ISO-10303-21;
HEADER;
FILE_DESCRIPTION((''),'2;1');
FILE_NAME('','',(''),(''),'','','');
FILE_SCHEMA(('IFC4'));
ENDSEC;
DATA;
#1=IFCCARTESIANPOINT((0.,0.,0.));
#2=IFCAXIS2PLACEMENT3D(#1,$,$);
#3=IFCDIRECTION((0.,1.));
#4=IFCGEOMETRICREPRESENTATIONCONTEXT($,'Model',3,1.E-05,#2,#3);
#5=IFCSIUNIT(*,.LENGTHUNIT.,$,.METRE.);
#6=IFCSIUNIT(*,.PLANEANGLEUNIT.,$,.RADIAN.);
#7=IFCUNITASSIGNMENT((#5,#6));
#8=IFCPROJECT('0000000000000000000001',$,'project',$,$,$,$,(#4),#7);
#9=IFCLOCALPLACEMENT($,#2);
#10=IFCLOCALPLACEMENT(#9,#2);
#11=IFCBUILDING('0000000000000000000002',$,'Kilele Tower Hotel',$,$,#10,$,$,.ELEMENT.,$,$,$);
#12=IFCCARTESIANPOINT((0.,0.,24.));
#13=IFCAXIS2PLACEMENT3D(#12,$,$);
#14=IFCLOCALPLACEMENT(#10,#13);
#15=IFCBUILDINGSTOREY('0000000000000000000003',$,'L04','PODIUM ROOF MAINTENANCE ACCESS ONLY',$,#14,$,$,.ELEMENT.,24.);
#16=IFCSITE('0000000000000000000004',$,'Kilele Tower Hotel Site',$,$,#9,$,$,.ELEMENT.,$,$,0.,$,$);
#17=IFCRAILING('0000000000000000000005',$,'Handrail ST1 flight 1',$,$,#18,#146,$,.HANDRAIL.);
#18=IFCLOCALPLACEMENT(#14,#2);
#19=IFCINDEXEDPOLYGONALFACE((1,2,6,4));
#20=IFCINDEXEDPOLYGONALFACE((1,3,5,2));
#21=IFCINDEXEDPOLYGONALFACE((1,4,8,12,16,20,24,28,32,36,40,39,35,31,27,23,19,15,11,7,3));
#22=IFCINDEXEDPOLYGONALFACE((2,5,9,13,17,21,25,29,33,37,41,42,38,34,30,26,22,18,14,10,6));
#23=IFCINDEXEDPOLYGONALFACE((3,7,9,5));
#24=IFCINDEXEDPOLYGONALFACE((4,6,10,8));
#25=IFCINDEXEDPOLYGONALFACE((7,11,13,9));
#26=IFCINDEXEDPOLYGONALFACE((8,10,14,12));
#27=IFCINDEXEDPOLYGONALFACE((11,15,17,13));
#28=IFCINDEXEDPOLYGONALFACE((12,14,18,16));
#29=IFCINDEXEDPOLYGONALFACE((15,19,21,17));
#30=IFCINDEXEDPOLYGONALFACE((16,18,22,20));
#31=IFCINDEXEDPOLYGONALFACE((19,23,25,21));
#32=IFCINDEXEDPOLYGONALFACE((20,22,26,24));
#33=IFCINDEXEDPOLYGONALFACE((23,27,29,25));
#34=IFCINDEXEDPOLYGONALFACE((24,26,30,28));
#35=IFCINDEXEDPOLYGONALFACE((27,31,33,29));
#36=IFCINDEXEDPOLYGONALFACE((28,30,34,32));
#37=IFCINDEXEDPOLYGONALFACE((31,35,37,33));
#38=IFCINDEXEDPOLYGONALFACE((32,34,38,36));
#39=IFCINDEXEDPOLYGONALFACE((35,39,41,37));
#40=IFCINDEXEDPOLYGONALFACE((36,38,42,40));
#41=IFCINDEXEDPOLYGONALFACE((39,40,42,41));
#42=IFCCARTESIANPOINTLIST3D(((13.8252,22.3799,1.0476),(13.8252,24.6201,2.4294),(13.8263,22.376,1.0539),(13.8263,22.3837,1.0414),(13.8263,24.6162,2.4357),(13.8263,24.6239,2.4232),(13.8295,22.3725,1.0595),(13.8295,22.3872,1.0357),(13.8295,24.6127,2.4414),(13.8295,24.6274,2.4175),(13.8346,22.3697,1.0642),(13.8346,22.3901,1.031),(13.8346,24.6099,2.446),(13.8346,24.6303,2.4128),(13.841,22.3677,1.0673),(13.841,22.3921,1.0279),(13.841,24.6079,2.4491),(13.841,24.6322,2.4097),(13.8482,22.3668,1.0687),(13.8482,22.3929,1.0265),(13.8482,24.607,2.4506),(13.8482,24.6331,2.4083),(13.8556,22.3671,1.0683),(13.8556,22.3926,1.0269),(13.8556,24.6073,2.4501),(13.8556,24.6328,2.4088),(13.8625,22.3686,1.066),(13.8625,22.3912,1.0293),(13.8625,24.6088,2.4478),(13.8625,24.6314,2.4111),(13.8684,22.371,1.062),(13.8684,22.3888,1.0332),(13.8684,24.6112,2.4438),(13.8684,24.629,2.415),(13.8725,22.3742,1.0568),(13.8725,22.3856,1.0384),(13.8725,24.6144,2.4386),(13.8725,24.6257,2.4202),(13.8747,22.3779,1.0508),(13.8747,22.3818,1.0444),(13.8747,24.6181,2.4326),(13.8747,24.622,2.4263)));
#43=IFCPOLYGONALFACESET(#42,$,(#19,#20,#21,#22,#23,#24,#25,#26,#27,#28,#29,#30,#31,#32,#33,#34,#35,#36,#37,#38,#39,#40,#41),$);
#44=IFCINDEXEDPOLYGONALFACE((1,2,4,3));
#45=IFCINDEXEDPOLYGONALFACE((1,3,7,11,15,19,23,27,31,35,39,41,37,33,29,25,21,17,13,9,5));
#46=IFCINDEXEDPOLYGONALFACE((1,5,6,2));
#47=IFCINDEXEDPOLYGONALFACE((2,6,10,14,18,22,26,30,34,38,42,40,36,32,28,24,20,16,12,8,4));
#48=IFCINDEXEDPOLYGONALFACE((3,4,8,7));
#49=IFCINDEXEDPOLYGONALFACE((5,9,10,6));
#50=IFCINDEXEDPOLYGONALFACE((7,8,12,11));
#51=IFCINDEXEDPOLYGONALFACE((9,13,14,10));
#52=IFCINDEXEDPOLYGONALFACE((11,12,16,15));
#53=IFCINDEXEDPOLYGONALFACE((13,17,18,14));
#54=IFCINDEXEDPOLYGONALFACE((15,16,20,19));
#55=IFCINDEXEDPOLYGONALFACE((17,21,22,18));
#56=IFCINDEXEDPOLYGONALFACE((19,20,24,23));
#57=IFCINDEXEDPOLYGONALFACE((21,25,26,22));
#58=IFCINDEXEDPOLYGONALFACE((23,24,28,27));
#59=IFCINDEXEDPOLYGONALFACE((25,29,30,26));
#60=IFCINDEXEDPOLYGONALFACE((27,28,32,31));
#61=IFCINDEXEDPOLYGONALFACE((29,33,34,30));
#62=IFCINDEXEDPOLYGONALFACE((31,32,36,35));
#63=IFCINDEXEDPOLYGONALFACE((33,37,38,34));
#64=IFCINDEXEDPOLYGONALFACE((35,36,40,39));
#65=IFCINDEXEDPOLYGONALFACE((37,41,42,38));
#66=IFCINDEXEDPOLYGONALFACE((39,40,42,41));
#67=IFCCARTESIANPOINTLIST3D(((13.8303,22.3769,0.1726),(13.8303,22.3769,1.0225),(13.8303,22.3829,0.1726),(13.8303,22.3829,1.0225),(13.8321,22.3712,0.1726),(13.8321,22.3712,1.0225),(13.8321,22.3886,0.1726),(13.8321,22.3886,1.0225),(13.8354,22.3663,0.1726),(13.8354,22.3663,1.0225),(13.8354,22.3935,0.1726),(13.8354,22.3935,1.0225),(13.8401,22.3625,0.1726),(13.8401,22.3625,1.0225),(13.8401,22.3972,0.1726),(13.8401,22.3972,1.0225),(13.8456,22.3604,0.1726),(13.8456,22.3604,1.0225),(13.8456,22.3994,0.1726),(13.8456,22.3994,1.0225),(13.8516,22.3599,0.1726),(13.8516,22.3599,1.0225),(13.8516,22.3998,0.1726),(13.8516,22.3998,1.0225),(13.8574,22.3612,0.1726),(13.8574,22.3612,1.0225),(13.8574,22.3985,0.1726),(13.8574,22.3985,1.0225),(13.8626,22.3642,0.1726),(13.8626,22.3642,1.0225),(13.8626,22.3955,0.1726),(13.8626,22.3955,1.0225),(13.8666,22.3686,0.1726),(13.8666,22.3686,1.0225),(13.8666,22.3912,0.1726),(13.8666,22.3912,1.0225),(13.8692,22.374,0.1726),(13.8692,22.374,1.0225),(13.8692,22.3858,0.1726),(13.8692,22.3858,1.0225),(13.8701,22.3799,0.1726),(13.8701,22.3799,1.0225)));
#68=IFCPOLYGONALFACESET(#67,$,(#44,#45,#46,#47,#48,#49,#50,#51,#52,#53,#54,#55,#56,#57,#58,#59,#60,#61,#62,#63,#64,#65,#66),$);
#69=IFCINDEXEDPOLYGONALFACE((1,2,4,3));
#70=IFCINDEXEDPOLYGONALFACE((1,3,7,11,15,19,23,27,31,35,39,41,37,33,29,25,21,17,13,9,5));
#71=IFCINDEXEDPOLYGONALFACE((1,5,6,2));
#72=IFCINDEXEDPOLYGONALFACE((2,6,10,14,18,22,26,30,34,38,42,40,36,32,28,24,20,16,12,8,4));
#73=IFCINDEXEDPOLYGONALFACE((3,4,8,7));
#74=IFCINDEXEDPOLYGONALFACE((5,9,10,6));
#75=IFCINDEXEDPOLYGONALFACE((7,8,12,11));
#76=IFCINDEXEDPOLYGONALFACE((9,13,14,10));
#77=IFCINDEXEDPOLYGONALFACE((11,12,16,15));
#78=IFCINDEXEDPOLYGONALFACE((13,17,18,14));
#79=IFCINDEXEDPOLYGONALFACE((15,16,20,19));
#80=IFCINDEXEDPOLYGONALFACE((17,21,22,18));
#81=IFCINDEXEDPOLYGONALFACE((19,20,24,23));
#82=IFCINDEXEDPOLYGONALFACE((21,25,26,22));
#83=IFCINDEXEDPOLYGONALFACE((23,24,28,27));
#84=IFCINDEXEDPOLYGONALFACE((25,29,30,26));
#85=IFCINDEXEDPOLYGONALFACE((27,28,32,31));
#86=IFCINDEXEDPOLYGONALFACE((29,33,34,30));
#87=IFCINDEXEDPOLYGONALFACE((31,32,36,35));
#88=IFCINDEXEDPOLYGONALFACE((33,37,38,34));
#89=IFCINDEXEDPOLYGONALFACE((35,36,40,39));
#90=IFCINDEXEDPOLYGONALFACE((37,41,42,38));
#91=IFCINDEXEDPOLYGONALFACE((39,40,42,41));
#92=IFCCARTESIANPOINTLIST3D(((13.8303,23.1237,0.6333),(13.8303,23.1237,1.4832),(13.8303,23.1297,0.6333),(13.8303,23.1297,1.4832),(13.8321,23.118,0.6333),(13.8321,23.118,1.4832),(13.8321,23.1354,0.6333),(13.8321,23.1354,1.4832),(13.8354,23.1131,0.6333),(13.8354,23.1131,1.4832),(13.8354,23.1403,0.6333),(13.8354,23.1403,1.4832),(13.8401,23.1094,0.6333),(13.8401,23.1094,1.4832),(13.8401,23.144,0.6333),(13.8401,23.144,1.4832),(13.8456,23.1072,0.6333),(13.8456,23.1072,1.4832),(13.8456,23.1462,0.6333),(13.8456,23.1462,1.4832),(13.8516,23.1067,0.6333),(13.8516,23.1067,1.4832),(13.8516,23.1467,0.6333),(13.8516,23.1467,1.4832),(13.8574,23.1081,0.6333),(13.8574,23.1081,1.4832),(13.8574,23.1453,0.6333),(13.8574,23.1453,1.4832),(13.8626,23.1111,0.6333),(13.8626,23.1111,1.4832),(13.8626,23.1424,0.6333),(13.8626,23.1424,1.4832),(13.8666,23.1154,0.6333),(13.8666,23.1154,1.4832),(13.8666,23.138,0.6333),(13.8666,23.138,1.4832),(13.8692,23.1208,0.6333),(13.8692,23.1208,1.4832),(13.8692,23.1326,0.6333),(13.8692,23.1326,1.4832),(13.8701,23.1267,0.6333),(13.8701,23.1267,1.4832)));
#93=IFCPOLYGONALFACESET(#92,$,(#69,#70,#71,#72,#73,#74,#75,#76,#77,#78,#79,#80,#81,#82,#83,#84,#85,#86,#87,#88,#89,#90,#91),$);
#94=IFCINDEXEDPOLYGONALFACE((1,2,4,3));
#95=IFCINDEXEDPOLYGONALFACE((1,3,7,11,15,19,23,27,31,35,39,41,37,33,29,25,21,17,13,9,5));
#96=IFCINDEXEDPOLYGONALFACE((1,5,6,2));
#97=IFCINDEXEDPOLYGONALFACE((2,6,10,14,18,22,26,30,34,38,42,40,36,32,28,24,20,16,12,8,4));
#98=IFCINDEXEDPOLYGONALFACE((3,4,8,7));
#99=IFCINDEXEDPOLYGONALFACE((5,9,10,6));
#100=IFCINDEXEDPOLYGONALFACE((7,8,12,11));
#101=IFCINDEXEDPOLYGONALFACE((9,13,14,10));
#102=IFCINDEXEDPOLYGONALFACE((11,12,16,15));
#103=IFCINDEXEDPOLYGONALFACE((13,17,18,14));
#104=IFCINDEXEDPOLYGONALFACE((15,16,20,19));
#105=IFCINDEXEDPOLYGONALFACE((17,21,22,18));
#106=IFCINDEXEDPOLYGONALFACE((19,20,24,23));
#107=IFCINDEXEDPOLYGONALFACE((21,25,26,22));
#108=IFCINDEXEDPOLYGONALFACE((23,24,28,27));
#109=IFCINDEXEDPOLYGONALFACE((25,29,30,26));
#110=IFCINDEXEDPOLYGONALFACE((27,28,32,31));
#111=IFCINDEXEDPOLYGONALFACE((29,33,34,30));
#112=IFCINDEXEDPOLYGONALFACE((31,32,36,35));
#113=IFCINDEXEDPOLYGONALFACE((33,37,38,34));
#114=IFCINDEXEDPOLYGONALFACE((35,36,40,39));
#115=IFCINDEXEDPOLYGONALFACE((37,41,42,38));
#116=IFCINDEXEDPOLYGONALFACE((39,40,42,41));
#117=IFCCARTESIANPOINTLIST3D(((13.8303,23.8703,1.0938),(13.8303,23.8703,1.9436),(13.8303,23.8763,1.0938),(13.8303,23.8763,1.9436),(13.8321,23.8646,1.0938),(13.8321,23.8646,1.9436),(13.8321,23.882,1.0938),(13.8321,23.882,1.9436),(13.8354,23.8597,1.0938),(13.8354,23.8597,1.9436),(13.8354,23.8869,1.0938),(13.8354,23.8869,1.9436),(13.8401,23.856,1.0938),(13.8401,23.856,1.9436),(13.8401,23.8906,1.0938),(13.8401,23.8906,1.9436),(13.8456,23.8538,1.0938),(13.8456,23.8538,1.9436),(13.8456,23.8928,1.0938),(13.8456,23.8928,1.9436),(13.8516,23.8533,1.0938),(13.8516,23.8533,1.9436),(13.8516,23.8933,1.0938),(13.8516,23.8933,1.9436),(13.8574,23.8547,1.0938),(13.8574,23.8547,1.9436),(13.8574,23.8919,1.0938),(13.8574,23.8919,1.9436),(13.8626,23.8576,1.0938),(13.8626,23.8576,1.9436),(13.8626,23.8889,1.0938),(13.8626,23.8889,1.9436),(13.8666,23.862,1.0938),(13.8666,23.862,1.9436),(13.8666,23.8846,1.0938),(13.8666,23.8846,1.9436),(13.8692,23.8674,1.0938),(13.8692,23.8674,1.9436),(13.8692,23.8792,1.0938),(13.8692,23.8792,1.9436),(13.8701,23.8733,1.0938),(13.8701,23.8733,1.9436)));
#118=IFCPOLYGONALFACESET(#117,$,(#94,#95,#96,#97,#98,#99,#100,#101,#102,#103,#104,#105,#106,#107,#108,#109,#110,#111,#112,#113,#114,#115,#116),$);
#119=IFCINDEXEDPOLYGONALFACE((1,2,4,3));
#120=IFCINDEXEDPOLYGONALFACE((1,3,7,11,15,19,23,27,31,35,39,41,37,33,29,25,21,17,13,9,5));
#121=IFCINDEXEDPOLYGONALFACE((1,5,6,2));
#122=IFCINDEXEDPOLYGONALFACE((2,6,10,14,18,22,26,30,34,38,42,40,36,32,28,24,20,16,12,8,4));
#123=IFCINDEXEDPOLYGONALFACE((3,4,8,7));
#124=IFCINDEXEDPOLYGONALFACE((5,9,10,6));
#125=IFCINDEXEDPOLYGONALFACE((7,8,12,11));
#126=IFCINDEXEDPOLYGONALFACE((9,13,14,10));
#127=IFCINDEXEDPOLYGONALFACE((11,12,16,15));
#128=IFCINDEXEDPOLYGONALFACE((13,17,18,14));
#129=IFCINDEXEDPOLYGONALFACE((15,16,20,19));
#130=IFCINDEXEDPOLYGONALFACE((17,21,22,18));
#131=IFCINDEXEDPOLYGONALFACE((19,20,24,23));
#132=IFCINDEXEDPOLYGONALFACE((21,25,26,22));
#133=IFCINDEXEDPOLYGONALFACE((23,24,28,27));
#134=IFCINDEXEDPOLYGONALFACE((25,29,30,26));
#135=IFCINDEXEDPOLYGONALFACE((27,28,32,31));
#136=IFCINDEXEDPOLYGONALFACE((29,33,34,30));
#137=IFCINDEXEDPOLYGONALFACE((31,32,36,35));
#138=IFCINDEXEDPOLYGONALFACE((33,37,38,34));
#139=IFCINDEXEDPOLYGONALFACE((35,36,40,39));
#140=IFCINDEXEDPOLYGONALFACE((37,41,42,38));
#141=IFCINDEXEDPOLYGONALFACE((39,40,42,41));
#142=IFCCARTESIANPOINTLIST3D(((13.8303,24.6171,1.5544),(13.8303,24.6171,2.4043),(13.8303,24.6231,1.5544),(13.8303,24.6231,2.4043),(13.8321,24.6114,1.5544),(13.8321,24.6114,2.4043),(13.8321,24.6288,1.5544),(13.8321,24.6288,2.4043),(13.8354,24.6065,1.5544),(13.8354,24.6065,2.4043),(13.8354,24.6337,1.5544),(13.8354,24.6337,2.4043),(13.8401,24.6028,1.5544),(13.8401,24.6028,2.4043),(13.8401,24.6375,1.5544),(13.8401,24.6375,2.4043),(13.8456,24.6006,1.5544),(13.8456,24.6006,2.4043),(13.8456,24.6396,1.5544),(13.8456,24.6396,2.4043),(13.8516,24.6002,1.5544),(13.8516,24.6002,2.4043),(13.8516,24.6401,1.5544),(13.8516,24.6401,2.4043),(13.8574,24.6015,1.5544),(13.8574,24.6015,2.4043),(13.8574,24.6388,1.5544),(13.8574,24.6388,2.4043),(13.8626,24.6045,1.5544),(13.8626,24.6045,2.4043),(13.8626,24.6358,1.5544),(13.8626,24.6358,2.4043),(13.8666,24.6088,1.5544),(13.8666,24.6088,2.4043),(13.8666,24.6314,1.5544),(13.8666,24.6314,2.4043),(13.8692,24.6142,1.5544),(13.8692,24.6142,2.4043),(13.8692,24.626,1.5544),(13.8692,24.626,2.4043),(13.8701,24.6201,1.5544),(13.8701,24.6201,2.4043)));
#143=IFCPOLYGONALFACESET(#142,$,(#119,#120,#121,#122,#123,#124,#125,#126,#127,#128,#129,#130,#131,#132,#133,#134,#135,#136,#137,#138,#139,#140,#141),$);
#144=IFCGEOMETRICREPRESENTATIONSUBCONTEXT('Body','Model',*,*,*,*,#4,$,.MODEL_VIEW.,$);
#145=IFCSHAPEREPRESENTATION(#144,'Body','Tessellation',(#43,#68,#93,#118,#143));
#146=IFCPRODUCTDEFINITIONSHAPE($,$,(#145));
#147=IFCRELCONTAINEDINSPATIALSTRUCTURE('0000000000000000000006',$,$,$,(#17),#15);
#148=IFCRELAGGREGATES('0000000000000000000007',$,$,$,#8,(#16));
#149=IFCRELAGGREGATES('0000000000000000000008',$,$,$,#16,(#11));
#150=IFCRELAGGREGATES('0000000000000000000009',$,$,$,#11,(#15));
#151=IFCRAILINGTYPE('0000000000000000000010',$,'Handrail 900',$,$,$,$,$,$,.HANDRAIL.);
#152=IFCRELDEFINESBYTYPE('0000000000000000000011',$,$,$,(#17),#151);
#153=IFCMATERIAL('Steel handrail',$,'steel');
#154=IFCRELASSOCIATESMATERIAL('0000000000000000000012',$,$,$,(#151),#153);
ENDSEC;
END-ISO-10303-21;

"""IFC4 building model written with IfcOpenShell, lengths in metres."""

from ifc_helpers import new_model, si_unit, direction, frame, origin, origin_2d, place, context, subcontext, project, spatial, circle, extrude, material, type_object, element, save


model = new_model("IFC4")

# Units and contexts
model_context = context("Model", 3, precision=1e-05, world=origin(), true_north=direction((0.0, 1.0)))
body_context = subcontext(model_context, "Body", "Model", "MODEL_VIEW")
ifc_project = project(units=[si_unit("LENGTHUNIT", "METRE"), si_unit("PLANEANGLEUNIT", "RADIAN")], contexts=[model_context])

# Site, building, storey
site_placement = place(None, origin())
site = spatial("IfcSite", under=ifc_project, at=site_placement, Name="Kilele Tower Hotel Site", CompositionType="ELEMENT", RefElevation=0.0)
building_placement = place(site_placement, origin())
building = spatial("IfcBuilding", under=site, at=building_placement, Name="Kilele Tower Hotel", CompositionType="ELEMENT")
storey_placement = place(building_placement, frame((0.0, 0.0, 24.0)))
storey = spatial("IfcBuildingStorey", under=building, at=storey_placement, Name="L04", Description="PODIUM ROOF MAINTENANCE ACCESS ONLY", CompositionType="ELEMENT", Elevation=24.0)

# Railing
ifc_material_1 = material(Name="Steel handrail", Category="steel")
railing_type_1 = type_object("IfcRailingType", Name="Handrail 900", PredefinedType="HANDRAIL", material=ifc_material_1)
for number, where, name in (
    (1, (13.8501, 22.3799, 0.1726), "Handrail ST1 flight 1"),
):
    element("IfcRailing", number, at=place(storey_placement, frame(where)), inside=storey, type_object=railing_type_1, Name=name, PredefinedType="HANDRAIL", context=body_context, shape_type="SweptSolid", body=[
        extrude(circle(Radius=0.0249, at=origin_2d()), frame((0.0, 0.0, 0.875), z_axis=(0.0, 0.85111, 0.524987), x_axis=(-1.0, 0.0, 0.0)), (0.0, 0.0, 1.0), 2.6321),
        extrude(circle(Radius=0.02, at=origin_2d()), origin(), (0.0, 0.0, 1.0), 0.8499),
        extrude(circle(Radius=0.02, at=origin_2d()), frame((0.0, 0.7468, 0.4607)), (0.0, 0.0, 1.0), 0.8499),
        extrude(circle(Radius=0.02, at=origin_2d()), frame((0.0, 1.4934, 0.9211)), (0.0, 0.0, 1.0), 0.8499),
        extrude(circle(Radius=0.02, at=origin_2d()), frame((0.0, 2.2402, 1.3818)), (0.0, 0.0, 1.0), 0.8499),
    ])

save(model, "model.ifc")
